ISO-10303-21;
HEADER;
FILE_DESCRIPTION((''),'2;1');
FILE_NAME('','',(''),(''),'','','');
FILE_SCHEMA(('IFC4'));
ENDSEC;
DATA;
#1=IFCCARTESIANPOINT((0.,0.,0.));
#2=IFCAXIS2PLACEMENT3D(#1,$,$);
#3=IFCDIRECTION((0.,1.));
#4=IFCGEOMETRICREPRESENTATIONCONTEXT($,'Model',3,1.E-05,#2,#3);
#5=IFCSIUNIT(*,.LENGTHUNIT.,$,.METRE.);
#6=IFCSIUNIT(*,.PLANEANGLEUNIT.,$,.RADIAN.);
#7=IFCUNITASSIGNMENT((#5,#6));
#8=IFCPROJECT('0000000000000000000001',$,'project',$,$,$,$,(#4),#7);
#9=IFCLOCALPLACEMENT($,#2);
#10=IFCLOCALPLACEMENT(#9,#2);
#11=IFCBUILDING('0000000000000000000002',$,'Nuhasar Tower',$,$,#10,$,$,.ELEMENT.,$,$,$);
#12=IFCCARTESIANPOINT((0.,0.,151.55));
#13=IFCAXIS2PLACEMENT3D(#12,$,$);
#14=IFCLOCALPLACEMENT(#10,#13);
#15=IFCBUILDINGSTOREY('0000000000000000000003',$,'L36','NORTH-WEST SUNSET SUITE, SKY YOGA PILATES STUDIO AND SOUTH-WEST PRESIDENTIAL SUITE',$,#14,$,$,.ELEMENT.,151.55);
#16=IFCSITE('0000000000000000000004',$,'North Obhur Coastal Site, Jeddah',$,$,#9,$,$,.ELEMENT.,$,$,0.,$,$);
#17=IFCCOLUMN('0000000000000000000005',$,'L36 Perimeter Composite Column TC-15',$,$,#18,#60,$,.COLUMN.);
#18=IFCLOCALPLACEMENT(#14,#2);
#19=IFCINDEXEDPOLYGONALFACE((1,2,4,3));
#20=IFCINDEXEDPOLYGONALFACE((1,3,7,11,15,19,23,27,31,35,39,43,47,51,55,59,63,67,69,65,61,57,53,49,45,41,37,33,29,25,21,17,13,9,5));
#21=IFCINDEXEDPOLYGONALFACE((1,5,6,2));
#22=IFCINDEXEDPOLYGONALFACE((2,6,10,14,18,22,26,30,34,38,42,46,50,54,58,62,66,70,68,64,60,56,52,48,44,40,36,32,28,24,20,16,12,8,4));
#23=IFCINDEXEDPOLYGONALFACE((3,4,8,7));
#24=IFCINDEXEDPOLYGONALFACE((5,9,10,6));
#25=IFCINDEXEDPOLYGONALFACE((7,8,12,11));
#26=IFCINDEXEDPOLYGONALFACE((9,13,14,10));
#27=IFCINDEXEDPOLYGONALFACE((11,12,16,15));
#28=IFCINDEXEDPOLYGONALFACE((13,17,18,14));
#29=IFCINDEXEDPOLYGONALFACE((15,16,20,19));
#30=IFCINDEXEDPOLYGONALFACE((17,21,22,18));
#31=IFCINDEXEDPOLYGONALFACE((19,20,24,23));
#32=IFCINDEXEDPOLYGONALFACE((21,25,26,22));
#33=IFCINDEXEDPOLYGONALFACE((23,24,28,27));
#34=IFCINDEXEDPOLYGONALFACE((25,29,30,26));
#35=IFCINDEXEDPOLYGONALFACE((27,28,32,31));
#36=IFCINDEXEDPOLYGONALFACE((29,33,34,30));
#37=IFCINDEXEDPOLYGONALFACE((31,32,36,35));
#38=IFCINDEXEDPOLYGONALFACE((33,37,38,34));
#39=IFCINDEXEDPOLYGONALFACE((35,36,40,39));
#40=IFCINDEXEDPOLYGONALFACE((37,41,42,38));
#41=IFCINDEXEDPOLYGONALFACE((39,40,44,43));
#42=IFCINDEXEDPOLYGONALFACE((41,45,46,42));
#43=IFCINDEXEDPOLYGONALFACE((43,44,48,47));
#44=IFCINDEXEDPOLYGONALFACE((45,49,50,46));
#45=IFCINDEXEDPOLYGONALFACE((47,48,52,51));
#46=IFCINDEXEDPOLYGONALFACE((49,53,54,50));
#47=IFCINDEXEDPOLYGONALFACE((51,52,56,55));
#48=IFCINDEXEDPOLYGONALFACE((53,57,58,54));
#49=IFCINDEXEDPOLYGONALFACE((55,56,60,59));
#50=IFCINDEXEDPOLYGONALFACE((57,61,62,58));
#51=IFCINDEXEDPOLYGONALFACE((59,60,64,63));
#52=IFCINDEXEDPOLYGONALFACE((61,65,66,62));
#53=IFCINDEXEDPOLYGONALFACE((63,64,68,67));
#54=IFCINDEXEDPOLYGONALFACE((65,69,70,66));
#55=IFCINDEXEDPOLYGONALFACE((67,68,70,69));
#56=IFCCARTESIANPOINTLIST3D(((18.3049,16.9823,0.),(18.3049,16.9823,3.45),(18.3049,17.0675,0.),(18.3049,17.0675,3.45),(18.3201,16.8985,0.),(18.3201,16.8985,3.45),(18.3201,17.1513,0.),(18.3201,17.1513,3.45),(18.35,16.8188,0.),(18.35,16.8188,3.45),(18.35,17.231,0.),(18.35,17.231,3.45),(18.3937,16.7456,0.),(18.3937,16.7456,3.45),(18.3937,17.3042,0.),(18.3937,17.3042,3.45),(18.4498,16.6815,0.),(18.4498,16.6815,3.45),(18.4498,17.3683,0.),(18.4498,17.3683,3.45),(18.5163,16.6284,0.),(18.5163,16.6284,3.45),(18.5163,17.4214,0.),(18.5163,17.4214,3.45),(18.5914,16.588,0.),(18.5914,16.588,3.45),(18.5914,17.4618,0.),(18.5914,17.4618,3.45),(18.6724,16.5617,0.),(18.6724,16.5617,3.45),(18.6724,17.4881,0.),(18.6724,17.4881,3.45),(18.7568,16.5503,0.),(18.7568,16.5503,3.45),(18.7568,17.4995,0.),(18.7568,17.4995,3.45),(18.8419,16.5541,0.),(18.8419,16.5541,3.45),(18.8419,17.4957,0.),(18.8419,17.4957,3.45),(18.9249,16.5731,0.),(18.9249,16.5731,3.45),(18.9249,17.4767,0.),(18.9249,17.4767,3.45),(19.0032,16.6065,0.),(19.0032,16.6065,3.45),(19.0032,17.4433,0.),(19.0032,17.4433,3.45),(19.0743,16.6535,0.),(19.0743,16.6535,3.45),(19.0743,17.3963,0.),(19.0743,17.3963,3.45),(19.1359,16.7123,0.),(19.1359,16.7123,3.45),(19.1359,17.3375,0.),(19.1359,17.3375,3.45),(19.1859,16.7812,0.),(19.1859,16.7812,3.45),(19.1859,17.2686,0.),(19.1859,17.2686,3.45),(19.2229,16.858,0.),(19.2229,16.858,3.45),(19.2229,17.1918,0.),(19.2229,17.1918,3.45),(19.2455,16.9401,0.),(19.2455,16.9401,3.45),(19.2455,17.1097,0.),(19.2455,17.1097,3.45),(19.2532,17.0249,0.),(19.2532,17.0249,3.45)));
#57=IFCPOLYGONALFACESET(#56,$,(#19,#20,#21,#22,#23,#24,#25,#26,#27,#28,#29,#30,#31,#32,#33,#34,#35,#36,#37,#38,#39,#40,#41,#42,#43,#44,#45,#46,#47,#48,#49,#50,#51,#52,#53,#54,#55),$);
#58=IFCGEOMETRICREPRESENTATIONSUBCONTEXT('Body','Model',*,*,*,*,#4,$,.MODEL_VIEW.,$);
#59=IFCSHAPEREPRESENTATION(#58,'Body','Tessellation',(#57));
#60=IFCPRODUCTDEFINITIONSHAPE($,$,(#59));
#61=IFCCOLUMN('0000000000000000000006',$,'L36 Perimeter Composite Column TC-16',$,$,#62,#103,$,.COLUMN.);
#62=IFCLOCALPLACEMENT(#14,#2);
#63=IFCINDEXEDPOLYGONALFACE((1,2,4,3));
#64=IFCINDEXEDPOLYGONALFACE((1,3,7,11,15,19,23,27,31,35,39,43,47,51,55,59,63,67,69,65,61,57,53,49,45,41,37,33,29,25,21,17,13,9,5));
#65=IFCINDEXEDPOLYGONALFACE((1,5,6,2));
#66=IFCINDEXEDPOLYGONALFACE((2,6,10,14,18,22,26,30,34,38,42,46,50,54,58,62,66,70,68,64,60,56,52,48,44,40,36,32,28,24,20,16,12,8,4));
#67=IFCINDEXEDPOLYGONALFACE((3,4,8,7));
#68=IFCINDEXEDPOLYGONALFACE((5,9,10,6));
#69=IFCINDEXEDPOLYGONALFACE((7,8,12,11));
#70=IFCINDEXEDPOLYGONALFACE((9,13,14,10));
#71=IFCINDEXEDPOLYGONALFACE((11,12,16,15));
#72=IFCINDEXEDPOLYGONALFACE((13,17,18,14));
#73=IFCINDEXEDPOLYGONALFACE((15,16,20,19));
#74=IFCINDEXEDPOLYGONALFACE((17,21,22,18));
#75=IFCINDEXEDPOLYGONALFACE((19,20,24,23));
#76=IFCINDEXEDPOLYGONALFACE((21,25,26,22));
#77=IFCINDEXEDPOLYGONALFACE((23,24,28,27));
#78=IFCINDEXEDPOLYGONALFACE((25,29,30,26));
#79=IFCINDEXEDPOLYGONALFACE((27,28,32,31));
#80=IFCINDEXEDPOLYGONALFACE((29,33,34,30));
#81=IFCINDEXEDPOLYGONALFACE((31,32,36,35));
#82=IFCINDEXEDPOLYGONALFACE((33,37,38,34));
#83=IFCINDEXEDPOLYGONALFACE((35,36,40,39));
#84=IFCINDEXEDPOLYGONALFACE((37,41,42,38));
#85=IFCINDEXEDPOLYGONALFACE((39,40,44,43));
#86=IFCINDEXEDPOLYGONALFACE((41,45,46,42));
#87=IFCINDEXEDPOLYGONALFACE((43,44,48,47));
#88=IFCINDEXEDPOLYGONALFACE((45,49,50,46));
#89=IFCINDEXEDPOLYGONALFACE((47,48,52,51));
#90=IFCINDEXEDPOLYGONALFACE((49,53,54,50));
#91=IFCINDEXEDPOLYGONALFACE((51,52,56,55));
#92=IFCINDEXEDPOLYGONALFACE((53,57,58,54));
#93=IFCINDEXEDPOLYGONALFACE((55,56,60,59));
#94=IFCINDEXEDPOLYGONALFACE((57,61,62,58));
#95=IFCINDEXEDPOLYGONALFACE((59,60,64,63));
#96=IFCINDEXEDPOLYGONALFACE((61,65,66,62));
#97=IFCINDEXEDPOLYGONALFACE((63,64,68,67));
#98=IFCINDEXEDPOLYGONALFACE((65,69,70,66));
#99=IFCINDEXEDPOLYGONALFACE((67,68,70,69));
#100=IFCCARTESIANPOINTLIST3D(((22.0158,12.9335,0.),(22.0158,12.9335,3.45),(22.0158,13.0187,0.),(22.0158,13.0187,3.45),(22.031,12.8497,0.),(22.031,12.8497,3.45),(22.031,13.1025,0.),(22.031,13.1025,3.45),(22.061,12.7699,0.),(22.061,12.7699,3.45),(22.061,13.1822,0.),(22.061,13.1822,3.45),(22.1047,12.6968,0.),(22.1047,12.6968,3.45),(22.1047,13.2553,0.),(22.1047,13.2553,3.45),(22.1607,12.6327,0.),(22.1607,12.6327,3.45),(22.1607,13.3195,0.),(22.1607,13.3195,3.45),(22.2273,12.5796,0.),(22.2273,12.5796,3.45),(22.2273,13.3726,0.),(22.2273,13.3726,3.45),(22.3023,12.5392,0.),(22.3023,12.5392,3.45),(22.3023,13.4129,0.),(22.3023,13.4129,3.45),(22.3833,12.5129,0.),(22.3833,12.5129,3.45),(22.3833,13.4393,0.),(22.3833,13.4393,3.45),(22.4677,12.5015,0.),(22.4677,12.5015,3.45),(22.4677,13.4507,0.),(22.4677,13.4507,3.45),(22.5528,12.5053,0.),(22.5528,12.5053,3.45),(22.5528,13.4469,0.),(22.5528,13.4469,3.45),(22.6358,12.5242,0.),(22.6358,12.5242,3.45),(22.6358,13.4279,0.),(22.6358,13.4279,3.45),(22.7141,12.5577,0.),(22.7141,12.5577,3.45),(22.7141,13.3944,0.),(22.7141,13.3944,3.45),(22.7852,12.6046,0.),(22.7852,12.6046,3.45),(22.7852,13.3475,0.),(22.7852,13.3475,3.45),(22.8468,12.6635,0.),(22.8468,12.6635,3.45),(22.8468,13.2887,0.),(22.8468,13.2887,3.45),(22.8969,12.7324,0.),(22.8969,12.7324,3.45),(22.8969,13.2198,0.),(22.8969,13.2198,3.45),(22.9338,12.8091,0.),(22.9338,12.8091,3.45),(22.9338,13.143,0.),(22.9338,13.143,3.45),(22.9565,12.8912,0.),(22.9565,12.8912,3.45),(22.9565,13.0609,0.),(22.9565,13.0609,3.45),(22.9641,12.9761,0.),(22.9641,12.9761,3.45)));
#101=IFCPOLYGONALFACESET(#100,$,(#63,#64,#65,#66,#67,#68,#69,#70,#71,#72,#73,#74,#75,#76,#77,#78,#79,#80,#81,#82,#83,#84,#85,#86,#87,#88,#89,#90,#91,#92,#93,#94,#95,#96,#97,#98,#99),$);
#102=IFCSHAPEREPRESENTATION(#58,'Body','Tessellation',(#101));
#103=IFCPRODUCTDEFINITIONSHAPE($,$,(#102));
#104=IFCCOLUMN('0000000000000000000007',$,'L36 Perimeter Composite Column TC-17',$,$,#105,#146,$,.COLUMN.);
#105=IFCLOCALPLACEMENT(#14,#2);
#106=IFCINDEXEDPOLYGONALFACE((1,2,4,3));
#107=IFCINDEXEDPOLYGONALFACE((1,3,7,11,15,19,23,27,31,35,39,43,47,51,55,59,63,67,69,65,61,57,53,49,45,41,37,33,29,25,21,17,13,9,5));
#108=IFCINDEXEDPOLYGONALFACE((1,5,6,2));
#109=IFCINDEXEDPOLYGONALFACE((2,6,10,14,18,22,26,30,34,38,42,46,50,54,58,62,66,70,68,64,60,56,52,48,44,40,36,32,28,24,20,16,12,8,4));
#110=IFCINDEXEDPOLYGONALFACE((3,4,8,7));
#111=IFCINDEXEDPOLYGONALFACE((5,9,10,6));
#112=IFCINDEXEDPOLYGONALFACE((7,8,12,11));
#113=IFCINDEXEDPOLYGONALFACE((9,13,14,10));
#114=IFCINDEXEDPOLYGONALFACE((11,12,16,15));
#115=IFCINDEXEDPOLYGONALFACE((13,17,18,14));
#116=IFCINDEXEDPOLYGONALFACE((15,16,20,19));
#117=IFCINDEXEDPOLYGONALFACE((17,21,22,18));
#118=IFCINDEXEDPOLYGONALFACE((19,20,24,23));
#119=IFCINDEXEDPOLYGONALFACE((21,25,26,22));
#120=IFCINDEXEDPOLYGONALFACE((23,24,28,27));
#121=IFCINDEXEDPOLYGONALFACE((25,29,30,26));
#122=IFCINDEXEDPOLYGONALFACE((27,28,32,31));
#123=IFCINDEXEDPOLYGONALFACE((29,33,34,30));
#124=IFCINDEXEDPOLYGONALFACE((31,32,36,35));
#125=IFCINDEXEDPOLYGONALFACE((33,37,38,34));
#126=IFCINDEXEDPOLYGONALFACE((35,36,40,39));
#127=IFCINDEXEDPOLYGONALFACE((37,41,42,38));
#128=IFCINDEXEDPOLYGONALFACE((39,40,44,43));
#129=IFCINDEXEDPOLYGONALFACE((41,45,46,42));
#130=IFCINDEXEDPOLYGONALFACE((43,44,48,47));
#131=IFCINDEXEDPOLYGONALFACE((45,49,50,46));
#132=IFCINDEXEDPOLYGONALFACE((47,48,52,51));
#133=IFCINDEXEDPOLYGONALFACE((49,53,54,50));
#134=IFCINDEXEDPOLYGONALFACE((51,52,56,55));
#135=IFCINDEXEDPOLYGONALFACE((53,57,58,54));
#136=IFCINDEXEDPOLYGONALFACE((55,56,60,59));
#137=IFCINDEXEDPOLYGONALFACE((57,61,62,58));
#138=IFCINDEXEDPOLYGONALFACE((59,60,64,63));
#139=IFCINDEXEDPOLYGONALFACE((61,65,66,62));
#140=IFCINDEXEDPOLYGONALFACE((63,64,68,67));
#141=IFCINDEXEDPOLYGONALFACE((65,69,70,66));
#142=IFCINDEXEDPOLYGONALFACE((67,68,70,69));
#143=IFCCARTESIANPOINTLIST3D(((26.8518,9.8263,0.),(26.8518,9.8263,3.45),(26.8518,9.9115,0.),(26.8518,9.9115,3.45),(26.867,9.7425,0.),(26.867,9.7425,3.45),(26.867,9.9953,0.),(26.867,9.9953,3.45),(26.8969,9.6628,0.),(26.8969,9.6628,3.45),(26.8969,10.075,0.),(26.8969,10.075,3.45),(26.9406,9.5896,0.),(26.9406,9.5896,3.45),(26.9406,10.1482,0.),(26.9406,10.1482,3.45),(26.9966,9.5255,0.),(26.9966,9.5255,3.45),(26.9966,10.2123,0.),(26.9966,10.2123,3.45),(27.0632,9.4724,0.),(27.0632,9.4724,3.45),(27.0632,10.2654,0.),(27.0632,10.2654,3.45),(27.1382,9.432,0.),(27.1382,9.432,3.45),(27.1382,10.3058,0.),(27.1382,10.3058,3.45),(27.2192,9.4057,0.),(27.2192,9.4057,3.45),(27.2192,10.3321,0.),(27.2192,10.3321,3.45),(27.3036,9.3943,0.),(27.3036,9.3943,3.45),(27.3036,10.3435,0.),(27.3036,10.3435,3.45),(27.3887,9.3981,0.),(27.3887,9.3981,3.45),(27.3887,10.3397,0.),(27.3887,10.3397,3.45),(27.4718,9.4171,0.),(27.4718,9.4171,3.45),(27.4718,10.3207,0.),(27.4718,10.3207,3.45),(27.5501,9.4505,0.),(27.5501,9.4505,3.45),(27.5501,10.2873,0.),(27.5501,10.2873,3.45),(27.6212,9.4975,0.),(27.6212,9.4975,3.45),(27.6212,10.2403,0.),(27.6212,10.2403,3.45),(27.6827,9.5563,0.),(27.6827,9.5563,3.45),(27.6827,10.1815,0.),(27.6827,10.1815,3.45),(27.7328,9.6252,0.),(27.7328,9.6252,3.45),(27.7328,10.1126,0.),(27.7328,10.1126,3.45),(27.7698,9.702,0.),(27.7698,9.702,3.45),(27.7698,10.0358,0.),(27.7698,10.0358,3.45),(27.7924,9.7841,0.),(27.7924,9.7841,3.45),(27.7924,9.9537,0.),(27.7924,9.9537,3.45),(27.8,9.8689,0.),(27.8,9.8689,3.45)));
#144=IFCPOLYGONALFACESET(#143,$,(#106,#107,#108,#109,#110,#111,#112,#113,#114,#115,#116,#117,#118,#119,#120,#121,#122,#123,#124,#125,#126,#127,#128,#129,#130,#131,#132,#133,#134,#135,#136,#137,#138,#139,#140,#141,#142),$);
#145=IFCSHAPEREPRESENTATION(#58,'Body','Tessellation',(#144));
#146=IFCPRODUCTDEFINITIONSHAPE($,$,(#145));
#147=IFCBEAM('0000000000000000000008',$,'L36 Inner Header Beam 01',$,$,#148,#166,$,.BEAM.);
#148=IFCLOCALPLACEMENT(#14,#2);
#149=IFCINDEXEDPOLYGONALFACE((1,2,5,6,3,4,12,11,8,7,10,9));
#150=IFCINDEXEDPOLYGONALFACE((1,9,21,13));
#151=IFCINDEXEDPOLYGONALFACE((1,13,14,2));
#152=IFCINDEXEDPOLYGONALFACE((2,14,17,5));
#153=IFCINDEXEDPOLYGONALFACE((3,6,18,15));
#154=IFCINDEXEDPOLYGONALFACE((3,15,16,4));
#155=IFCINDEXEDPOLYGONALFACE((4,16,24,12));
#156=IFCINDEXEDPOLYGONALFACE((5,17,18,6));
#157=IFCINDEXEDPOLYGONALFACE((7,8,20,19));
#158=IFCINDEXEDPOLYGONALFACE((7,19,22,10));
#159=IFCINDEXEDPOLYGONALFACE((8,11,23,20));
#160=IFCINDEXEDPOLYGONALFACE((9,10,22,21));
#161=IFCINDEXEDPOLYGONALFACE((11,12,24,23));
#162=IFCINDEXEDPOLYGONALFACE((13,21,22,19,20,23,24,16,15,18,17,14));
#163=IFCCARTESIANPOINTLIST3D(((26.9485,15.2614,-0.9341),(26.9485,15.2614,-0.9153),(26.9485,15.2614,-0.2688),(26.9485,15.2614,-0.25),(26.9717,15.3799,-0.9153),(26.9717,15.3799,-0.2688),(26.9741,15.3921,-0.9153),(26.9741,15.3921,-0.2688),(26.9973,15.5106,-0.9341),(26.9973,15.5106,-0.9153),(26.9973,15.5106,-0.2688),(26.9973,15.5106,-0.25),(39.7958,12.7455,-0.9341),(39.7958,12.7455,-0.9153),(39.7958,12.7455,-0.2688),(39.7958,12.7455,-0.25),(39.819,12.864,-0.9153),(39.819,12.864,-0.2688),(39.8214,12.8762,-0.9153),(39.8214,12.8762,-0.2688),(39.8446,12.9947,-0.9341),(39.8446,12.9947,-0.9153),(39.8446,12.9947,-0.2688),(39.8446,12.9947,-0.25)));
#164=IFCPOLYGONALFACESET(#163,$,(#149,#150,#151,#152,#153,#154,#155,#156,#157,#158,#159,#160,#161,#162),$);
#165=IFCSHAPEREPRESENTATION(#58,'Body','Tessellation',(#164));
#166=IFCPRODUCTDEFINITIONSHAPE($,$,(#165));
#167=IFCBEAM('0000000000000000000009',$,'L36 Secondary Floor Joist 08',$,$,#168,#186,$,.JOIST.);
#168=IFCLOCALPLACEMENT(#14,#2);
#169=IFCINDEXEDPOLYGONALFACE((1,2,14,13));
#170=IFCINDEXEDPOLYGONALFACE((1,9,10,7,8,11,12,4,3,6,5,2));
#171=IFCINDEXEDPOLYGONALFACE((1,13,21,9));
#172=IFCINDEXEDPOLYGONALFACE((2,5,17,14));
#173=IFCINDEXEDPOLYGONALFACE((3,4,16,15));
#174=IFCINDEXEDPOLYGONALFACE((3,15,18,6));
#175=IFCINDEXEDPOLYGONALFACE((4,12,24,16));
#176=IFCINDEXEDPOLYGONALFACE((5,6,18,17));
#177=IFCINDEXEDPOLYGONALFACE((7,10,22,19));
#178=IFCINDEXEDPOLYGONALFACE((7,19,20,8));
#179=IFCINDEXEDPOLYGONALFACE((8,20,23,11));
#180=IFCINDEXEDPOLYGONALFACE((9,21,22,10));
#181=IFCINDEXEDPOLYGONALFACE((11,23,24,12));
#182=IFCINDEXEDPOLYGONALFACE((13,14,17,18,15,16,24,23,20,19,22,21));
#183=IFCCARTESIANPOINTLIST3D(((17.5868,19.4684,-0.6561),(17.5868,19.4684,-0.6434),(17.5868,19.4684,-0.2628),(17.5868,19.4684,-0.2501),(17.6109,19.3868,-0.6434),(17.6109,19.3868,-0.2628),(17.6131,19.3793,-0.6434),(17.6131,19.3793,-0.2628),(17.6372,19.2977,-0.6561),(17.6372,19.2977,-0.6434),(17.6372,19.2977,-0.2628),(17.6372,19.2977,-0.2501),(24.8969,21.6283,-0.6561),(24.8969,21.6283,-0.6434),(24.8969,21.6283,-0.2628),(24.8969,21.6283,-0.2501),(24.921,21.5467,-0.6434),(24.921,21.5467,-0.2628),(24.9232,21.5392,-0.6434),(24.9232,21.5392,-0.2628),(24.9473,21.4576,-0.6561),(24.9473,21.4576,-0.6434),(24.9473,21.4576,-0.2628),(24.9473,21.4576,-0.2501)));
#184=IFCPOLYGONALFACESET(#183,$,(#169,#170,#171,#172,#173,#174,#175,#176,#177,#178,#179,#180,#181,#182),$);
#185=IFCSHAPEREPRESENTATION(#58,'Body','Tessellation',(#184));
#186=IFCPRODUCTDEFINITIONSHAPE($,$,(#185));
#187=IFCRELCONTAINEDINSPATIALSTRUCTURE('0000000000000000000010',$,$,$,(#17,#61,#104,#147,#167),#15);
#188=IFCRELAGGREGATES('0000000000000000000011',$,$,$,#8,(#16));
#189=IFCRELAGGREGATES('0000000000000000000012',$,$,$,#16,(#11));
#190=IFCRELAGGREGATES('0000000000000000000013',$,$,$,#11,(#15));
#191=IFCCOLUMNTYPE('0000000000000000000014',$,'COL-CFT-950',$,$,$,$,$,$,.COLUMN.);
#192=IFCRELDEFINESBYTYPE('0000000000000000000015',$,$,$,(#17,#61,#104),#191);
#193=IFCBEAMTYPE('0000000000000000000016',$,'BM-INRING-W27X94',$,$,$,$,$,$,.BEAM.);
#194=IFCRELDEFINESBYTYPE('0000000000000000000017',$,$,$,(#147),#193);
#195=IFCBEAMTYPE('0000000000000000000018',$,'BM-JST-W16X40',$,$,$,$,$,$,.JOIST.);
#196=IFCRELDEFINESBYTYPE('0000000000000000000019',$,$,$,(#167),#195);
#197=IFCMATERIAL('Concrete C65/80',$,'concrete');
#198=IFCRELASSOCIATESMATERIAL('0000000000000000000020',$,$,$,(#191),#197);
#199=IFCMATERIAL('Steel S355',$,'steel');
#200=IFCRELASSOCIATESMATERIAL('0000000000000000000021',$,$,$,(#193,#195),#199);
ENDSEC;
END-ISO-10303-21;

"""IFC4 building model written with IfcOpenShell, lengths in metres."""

from ifc_helpers import new_model, si_unit, direction, frame, origin, origin_2d, place, context, subcontext, project, spatial, circle, i_section, extrude, material, material_profile, profile_set, type_object, element, save


model = new_model("IFC4")

# Units and contexts
model_context = context("Model", 3, precision=1e-05, world=origin(), true_north=direction((0.0, 1.0)))
body_context = subcontext(model_context, "Body", "Model", "MODEL_VIEW")
ifc_project = project(units=[si_unit("LENGTHUNIT", "METRE"), si_unit("PLANEANGLEUNIT", "RADIAN")], contexts=[model_context])

# Site, building, storey
site_placement = place(None, origin())
site = spatial("IfcSite", under=ifc_project, at=site_placement, Name="North Obhur Coastal Site, Jeddah", CompositionType="ELEMENT", RefElevation=0.0)
building_placement = place(site_placement, origin())
building = spatial("IfcBuilding", under=site, at=building_placement, Name="Nuhasar Tower", CompositionType="ELEMENT")
storey_placement = place(building_placement, frame((0.0, 0.0, 151.55)))
storey = spatial("IfcBuildingStorey", under=building, at=storey_placement, Name="L36", Description="NORTH-WEST SUNSET SUITE, SKY YOGA PILATES STUDIO AND SOUTH-WEST PRESIDENTIAL SUITE", CompositionType="ELEMENT", Elevation=151.55)

# Columns
ifc_material_1 = material(Name="Concrete C65/80", Category="concrete")
ifc_material_profile_1 = material_profile(ifc_material_1, circle(Radius=0.4751, at=origin_2d()), Name="CFT950")
ifc_profile_set_1 = profile_set([ifc_material_profile_1], Name="Concrete C65/80")
column_type = type_object("IfcColumnType", Name="COL-CFT-950", PredefinedType="COLUMN", material=ifc_profile_set_1)
for number, where, z_axis, x_axis, name in (
    (1, (18.7781, 17.0249, 0.0), (0.0, 0.0, 1.0), (1.0, 0.0, 0.0), "L36 Perimeter Composite Column TC-15"),
    (2, (22.489, 12.9761, 0.0), (0.0, 0.0, 1.0), (1.0, 0.0, 0.0), "L36 Perimeter Composite Column TC-16"),
    (3, (27.325, 9.8689, 0.0), (0.0, 0.0, 1.0), (1.0, 0.0, 0.0), "L36 Perimeter Composite Column TC-17"),
):
    element("IfcColumn", number, at=place(storey_placement, frame(where, z_axis=z_axis, x_axis=x_axis)), inside=storey, type_object=column_type, Name=name, PredefinedType="COLUMN", context=body_context, shape_type="SweptSolid", body=[
        extrude(circle(Radius=0.4751, at=origin_2d()), origin(), (0.0, 0.0, 1.0), 3.45),
    ])

# Beams
ifc_material_2 = material(Name="Steel S355", Category="steel")
ifc_material_profile_2 = material_profile(ifc_material_2, i_section(OverallWidth=0.2539, OverallDepth=0.6841, WebThickness=0.0125, FlangeThickness=0.0188, at=origin_2d()), Name="W27X94")
ifc_profile_set_2 = profile_set([ifc_material_profile_2], Name="Steel S355")
beam_type_1 = type_object("IfcBeamType", Name="BM-INRING-W27X94", PredefinedType="BEAM", material=ifc_profile_set_2)
beam_1_placement = place(storey_placement, frame((26.9729, 15.386, -0.592), z_axis=(0.98136, -0.19218, 0.0), x_axis=(0.19218, 0.98136, 0.0)))
element("IfcBeam", 4, at=beam_1_placement, inside=storey, type_object=beam_type_1, Name="L36 Inner Header Beam 01", PredefinedType="BEAM", context=body_context, shape_type="SweptSolid", body=[
    extrude(i_section(OverallWidth=0.2539, OverallDepth=0.6841, WebThickness=0.0125, FlangeThickness=0.0188, at=origin_2d()), origin(), (0.0, 0.0, 1.0), 13.0913),
])
ifc_material_profile_3 = material_profile(ifc_material_2, i_section(OverallWidth=0.178, OverallDepth=0.406, WebThickness=0.0078, FlangeThickness=0.0127, at=origin_2d()), Name="W16X40")
ifc_profile_set_3 = profile_set([ifc_material_profile_3], Name="Steel S355")
beam_type_2 = type_object("IfcBeamType", Name="BM-JST-W16X40", PredefinedType="JOIST", material=ifc_profile_set_3)
beam_2_placement = place(storey_placement, frame((24.9221, 21.543, -0.4531), z_axis=(-0.959013, -0.283361, 0.0), x_axis=(0.283361, -0.959013, 0.0)))
element("IfcBeam", 5, at=beam_2_placement, inside=storey, type_object=beam_type_2, Name="L36 Secondary Floor Joist 08", PredefinedType="JOIST", context=body_context, shape_type="SweptSolid", body=[
    extrude(i_section(OverallWidth=0.178, OverallDepth=0.406, WebThickness=0.0078, FlangeThickness=0.0127, at=origin_2d()), origin(), (0.0, 0.0, 1.0), 7.6226),
])

save(model, "model.ifc")
